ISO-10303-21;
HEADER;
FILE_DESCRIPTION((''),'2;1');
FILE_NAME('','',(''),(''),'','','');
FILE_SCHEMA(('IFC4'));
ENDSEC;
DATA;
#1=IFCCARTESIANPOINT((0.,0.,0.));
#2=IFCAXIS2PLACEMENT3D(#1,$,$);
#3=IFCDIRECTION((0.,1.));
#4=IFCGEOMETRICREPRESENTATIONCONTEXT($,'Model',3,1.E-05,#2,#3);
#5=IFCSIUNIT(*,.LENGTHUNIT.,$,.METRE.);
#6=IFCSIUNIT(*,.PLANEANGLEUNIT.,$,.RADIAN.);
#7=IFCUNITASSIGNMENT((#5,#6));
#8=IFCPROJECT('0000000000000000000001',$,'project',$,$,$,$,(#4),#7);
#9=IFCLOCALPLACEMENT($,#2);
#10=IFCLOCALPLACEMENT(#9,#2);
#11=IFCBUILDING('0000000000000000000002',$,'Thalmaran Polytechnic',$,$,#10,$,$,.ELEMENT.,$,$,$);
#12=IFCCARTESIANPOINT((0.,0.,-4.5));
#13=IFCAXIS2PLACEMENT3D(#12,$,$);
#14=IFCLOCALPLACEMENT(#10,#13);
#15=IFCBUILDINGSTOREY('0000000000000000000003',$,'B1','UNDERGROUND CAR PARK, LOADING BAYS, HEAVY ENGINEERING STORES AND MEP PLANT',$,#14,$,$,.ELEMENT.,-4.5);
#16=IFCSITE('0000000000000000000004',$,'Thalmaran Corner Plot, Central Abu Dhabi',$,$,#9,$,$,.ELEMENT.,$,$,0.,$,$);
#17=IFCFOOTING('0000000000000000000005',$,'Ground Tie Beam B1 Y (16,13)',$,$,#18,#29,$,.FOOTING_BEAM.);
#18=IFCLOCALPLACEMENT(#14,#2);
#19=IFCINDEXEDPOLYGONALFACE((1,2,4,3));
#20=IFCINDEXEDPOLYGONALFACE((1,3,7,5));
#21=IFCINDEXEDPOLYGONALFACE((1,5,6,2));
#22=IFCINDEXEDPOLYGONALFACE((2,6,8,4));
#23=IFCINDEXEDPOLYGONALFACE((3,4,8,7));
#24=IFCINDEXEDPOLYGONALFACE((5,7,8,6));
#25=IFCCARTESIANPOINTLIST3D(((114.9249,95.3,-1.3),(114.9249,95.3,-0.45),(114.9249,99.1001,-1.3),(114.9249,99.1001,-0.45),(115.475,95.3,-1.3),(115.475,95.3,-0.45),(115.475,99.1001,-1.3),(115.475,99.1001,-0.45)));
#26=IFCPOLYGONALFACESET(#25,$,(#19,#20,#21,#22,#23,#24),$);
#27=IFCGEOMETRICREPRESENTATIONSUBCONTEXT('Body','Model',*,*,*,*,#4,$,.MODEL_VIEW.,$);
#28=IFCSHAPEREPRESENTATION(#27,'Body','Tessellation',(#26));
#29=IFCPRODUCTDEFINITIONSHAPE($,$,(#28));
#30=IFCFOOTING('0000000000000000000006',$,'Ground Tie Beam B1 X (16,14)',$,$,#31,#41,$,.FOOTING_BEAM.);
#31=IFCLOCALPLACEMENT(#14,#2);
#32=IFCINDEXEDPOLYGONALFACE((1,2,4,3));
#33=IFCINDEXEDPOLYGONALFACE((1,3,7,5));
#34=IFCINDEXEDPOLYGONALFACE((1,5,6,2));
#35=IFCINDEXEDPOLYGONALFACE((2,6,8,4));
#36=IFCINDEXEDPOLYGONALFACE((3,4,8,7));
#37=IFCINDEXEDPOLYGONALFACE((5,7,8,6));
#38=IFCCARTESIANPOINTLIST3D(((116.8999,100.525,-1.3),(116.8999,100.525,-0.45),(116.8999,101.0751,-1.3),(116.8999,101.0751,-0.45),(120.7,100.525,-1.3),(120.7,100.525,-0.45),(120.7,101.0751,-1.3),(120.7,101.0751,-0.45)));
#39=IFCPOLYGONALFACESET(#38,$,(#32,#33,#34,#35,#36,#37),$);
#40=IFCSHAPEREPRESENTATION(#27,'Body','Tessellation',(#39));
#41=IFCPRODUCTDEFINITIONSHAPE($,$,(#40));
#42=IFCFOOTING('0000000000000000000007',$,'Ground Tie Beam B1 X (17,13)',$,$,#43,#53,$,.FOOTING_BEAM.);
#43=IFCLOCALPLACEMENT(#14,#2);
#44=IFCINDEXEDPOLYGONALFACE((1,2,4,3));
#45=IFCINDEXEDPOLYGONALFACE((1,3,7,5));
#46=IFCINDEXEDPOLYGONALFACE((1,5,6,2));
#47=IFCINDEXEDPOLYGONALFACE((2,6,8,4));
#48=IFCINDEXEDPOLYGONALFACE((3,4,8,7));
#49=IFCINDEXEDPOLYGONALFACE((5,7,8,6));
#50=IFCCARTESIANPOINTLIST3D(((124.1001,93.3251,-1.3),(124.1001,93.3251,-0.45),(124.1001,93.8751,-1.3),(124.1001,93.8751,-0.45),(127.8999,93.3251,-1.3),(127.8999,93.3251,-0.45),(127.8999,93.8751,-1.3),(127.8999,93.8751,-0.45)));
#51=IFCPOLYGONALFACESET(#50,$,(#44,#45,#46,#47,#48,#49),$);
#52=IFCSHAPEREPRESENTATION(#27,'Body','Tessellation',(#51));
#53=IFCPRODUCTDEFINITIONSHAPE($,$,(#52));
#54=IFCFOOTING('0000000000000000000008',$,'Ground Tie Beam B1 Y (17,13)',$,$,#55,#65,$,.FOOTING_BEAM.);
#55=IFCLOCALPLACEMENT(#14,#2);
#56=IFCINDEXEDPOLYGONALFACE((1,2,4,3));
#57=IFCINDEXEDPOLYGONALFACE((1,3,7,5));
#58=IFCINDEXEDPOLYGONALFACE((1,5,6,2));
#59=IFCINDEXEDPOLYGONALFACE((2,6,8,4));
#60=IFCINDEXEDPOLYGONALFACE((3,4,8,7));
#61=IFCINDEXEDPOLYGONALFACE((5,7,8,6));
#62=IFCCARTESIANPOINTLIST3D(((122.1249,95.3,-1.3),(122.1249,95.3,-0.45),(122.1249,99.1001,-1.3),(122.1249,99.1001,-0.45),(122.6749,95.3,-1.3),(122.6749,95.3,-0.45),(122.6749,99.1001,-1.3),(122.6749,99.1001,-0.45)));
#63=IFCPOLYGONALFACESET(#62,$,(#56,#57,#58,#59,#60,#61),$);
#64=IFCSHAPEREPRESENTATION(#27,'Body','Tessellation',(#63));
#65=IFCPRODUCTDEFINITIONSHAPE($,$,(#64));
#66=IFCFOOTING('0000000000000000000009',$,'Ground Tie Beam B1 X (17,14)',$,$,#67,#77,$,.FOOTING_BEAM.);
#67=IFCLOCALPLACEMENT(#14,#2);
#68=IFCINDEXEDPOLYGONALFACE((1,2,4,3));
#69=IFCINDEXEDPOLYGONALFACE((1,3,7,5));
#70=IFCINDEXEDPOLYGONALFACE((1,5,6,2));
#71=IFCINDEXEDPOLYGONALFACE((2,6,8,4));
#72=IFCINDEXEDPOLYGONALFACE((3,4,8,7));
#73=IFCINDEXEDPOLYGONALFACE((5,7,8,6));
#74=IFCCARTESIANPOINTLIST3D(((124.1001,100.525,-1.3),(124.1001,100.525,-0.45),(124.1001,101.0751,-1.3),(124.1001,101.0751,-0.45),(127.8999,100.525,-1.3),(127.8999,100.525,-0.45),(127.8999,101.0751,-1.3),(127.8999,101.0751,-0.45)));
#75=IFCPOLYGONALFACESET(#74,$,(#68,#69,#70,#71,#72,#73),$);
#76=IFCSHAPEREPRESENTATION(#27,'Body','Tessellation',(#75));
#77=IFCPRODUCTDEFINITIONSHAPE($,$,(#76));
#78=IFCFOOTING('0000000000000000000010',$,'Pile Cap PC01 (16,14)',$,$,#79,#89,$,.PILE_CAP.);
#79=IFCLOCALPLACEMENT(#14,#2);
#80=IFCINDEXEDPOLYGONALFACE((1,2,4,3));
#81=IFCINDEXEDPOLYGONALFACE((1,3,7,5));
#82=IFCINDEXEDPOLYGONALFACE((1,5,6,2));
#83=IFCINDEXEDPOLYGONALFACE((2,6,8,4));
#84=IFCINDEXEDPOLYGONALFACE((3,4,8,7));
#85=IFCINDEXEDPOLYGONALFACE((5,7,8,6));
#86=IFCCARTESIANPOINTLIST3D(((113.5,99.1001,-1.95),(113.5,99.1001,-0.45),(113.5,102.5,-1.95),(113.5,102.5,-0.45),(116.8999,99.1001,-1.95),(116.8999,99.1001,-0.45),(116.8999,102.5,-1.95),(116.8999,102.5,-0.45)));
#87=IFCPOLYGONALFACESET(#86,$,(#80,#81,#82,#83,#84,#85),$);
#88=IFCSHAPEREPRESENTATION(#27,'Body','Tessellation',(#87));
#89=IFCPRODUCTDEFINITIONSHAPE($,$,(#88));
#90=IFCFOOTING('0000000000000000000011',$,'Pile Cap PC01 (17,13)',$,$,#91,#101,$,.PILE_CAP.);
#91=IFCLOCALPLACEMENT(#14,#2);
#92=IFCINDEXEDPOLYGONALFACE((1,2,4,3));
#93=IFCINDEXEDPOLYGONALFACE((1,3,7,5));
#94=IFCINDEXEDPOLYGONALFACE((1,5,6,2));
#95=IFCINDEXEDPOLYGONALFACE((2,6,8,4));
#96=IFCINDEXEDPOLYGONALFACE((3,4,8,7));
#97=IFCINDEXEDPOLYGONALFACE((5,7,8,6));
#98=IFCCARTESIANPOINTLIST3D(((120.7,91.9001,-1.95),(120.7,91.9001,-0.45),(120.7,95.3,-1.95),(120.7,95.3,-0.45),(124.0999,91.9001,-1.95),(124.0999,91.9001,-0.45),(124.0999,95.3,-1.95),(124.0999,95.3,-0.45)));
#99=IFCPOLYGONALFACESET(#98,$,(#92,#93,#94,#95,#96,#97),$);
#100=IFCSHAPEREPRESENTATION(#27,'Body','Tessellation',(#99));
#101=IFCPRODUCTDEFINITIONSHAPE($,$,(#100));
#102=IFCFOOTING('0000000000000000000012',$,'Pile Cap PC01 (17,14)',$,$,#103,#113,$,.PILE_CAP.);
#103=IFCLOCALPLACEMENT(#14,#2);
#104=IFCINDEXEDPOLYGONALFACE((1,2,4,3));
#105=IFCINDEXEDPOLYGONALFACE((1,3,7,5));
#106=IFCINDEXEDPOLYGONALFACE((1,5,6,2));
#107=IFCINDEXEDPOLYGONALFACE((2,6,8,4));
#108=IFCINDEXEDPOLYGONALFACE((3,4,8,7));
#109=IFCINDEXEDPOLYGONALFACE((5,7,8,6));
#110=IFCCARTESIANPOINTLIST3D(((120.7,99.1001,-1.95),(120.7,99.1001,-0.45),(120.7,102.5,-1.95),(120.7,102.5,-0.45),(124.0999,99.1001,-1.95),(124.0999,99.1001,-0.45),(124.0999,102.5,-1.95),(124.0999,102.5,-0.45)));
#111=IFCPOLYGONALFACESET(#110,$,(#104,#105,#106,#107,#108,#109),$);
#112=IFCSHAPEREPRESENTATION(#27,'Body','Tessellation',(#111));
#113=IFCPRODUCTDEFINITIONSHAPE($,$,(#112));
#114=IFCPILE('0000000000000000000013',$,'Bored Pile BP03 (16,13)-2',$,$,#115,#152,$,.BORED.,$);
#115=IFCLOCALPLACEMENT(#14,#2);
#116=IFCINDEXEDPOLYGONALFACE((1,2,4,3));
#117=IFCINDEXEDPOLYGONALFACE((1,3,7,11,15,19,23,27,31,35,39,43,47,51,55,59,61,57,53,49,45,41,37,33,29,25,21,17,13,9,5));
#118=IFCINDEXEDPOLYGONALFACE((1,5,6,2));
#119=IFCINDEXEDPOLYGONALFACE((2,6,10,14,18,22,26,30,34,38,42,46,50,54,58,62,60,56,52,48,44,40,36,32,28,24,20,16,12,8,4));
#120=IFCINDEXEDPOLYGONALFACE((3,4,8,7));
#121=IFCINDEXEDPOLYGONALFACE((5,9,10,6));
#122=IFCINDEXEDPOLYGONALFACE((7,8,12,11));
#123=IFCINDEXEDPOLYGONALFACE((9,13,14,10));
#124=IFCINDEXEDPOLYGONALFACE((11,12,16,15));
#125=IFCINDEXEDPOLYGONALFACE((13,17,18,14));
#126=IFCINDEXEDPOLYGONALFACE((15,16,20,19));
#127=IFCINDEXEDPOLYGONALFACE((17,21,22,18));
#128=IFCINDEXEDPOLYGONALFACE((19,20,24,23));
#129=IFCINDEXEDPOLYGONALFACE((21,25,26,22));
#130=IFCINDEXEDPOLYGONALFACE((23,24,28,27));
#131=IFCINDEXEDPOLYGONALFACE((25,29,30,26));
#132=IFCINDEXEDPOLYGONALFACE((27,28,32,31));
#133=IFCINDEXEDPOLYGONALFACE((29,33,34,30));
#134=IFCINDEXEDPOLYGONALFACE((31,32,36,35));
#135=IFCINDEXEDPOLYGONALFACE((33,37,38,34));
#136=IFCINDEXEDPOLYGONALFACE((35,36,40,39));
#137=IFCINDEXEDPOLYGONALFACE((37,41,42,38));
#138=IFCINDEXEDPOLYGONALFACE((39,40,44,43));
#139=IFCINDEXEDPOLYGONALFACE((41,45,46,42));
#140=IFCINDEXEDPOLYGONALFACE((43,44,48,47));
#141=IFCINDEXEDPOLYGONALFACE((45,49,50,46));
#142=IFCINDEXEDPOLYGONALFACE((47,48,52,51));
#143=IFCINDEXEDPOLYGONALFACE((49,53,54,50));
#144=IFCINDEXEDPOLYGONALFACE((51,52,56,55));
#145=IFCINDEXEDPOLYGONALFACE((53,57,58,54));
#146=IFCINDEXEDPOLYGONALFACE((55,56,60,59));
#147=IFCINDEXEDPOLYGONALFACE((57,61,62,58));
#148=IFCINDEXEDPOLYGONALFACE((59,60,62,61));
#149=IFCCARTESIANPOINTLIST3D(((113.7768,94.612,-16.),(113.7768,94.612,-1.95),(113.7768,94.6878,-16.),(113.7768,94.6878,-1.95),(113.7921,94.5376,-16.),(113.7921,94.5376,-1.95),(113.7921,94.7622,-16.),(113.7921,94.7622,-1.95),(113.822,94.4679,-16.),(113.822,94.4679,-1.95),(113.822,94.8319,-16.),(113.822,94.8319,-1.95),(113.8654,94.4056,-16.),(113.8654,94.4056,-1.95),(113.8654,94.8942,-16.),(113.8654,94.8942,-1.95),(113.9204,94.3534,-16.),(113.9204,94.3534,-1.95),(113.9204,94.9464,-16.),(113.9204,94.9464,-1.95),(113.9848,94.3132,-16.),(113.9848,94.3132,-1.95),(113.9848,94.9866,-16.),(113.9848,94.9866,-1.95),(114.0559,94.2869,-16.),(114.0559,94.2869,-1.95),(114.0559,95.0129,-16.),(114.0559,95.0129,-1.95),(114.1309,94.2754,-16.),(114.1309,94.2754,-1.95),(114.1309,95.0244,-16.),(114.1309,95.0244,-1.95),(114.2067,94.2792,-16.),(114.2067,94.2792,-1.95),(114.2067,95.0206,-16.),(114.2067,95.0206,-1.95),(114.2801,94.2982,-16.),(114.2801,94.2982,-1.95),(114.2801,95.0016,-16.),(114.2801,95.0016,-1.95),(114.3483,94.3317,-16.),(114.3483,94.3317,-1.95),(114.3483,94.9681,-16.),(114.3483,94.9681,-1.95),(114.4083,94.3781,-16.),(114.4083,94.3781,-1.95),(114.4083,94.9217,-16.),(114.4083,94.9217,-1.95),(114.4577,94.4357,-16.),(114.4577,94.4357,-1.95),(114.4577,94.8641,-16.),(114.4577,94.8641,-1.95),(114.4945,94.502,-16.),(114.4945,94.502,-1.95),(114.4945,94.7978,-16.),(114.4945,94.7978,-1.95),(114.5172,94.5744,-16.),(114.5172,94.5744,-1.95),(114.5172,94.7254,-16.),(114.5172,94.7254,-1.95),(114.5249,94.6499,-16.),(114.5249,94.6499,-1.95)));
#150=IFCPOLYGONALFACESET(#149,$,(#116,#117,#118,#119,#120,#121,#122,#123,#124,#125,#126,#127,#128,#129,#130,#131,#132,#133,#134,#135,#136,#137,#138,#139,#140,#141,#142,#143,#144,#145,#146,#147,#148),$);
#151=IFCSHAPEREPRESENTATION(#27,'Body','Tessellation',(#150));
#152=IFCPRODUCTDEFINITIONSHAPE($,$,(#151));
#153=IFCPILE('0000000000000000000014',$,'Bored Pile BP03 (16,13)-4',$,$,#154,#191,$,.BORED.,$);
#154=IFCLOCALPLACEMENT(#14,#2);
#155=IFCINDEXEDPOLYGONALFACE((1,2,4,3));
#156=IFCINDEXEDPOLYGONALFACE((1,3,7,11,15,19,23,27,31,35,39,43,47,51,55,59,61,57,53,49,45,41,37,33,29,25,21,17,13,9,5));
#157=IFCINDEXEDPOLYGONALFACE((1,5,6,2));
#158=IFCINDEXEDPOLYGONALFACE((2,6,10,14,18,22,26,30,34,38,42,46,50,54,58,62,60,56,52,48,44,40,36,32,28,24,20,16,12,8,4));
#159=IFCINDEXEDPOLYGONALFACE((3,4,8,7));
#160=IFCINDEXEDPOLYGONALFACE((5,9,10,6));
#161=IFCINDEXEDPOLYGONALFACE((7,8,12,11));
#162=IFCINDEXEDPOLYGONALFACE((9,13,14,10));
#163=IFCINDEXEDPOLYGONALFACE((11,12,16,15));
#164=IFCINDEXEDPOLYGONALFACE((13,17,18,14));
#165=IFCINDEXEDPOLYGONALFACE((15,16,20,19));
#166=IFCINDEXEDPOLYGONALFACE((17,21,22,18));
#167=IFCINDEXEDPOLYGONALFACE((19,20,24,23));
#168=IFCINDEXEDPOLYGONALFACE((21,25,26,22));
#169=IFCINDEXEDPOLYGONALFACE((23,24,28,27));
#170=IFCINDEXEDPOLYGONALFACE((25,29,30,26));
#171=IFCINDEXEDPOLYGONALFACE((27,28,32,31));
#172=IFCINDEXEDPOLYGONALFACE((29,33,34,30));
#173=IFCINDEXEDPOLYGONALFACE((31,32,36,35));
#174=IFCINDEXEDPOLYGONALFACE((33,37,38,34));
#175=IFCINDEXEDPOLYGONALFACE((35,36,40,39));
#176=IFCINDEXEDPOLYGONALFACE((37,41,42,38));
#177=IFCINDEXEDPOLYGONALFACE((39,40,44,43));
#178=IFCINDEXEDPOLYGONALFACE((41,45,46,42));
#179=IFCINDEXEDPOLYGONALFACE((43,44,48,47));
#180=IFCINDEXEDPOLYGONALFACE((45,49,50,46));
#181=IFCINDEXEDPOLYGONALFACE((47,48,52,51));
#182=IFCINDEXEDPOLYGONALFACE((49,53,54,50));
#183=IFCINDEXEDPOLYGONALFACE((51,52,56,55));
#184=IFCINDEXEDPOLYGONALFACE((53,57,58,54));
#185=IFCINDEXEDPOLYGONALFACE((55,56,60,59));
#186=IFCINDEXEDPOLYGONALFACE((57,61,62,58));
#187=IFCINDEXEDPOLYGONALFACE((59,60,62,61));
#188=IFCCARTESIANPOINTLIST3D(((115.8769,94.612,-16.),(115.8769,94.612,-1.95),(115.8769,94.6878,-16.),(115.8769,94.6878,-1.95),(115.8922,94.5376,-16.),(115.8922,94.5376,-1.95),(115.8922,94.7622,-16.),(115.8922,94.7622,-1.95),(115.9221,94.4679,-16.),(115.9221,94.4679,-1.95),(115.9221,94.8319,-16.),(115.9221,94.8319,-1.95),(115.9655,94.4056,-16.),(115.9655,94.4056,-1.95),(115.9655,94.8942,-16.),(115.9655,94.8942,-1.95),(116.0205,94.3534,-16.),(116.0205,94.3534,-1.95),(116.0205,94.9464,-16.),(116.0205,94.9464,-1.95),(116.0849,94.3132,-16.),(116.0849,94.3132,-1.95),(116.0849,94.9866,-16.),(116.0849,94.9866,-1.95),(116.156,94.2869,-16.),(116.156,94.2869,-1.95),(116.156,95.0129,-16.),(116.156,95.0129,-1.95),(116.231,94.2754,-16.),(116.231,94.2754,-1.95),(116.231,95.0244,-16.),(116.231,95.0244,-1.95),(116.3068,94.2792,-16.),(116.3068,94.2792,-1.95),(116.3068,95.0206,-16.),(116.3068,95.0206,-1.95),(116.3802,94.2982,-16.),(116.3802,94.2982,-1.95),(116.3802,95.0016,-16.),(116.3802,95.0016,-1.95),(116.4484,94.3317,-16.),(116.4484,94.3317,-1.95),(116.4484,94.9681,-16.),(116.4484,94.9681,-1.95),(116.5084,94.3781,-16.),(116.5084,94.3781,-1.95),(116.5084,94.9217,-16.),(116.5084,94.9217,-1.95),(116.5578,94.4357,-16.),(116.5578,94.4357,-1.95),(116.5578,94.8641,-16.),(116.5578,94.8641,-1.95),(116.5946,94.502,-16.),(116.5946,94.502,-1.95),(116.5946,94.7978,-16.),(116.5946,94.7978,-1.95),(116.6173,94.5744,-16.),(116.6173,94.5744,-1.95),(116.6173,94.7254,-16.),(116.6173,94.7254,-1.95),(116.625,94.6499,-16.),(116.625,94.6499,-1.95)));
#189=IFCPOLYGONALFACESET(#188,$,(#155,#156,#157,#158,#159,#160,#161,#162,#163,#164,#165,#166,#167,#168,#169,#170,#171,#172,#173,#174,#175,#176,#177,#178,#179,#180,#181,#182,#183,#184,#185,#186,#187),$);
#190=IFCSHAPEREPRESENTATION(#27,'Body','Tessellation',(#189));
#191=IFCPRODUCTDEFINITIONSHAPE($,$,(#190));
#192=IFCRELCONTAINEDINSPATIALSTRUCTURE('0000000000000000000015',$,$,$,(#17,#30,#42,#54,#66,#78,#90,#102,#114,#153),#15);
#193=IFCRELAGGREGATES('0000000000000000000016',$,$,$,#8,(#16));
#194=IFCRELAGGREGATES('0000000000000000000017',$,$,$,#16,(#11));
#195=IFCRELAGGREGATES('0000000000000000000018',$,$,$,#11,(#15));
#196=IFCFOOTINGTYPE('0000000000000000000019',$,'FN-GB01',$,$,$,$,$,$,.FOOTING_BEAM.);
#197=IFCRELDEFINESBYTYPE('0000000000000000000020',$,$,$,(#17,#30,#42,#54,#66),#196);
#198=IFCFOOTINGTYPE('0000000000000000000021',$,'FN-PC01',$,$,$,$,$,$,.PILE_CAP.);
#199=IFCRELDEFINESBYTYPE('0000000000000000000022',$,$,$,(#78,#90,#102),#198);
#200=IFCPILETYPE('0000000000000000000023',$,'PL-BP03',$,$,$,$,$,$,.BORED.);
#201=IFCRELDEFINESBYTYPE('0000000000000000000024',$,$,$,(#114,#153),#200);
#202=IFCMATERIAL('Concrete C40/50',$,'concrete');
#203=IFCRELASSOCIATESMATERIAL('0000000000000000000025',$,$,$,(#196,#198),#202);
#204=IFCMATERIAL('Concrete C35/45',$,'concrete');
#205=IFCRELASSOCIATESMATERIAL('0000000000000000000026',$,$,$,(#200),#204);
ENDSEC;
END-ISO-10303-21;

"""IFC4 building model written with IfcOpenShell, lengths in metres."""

from ifc_helpers import new_model, si_unit, direction, frame, origin, origin_2d, place, context, subcontext, project, spatial, rectangle, circle, extrude, material, material_profile, profile_set, type_object, element, save


model = new_model("IFC4")

# Units and contexts
model_context = context("Model", 3, precision=1e-05, world=origin(), true_north=direction((0.0, 1.0)))
body_context = subcontext(model_context, "Body", "Model", "MODEL_VIEW")
ifc_project = project(units=[si_unit("LENGTHUNIT", "METRE"), si_unit("PLANEANGLEUNIT", "RADIAN")], contexts=[model_context])

# Site, building, storey
site_placement = place(None, origin())
site = spatial("IfcSite", under=ifc_project, at=site_placement, Name="Thalmaran Corner Plot, Central Abu Dhabi", CompositionType="ELEMENT", RefElevation=0.0)
building_placement = place(site_placement, origin())
building = spatial("IfcBuilding", under=site, at=building_placement, Name="Thalmaran Polytechnic", CompositionType="ELEMENT")
storey_placement = place(building_placement, frame((0.0, 0.0, -4.5)))
storey = spatial("IfcBuildingStorey", under=building, at=storey_placement, Name="B1", Description="UNDERGROUND CAR PARK, LOADING BAYS, HEAVY ENGINEERING STORES AND MEP PLANT", CompositionType="ELEMENT", Elevation=-4.5)

# Footings
ifc_material_1 = material(Name="Concrete C40/50", Category="concrete")
ifc_material_profile_1 = material_profile(ifc_material_1, rectangle(XDim=0.55, YDim=0.8501, at=origin_2d()), Name="RC 550x850")
ifc_profile_set_1 = profile_set([ifc_material_profile_1], Name="Concrete C40/50")
footing_type_1 = type_object("IfcFootingType", Name="FN-GB01", PredefinedType="FOOTING_BEAM", material=ifc_profile_set_1)
for number, where, z_axis, x_axis, name in (
    (1, (115.2, 95.3, -0.875), (0.0, 1.0, 0.0), (-1.0, 0.0, 0.0), "Ground Tie Beam B1 Y (16,13)"),
    (2, (116.8999, 100.8, -0.875), (1.0, 0.0, 0.0), (0.0, 1.0, 0.0), "Ground Tie Beam B1 X (16,14)"),
):
    element("IfcFooting", number, at=place(storey_placement, frame(where, z_axis=z_axis, x_axis=x_axis)), inside=storey, type_object=footing_type_1, Name=name, PredefinedType="FOOTING_BEAM", context=body_context, shape_type="SweptSolid", body=[
        extrude(rectangle(XDim=0.55, YDim=0.8501, at=origin_2d()), origin(), (0.0, 0.0, 1.0), 3.8),
    ])
footing_1_placement = place(storey_placement, frame((124.1001, 93.6001, -0.875), z_axis=(1.0, 0.0, 0.0), x_axis=(0.0, 1.0, 0.0)))
element("IfcFooting", 3, at=footing_1_placement, inside=storey, type_object=footing_type_1, Name="Ground Tie Beam B1 X (17,13)", PredefinedType="FOOTING_BEAM", context=body_context, shape_type="SweptSolid", body=[
    extrude(rectangle(XDim=0.55, YDim=0.8501, at=origin_2d()), origin(), (0.0, 0.0, 1.0), 3.7998),
])
footing_2_placement = place(storey_placement, frame((122.3999, 95.3, -0.875), z_axis=(0.0, 1.0, 0.0), x_axis=(-1.0, 0.0, 0.0)))
element("IfcFooting", 4, at=footing_2_placement, inside=storey, type_object=footing_type_1, Name="Ground Tie Beam B1 Y (17,13)", PredefinedType="FOOTING_BEAM", context=body_context, shape_type="SweptSolid", body=[
    extrude(rectangle(XDim=0.55, YDim=0.8501, at=origin_2d()), origin(), (0.0, 0.0, 1.0), 3.8),
])
footing_3_placement = place(storey_placement, frame((124.1001, 100.8, -0.875), z_axis=(1.0, 0.0, 0.0), x_axis=(0.0, 1.0, 0.0)))
element("IfcFooting", 5, at=footing_3_placement, inside=storey, type_object=footing_type_1, Name="Ground Tie Beam B1 X (17,14)", PredefinedType="FOOTING_BEAM", context=body_context, shape_type="SweptSolid", body=[
    extrude(rectangle(XDim=0.55, YDim=0.8501, at=origin_2d()), origin(), (0.0, 0.0, 1.0), 3.7998),
])
footing_type_2 = type_object("IfcFootingType", Name="FN-PC01", PredefinedType="PILE_CAP", material=ifc_material_1)
for number, where, z_axis, x_axis, name in (
    (6, (115.2, 100.8, -1.95), (0.0, 0.0, 1.0), (1.0, 0.0, 0.0), "Pile Cap PC01 (16,14)"),
    (7, (122.3999, 93.6001, -1.95), (0.0, 0.0, 1.0), (1.0, 0.0, 0.0), "Pile Cap PC01 (17,13)"),
    (8, (122.3999, 100.8, -1.95), (0.0, 0.0, 1.0), (1.0, 0.0, 0.0), "Pile Cap PC01 (17,14)"),
):
    element("IfcFooting", number, at=place(storey_placement, frame(where, z_axis=z_axis, x_axis=x_axis)), inside=storey, type_object=footing_type_2, Name=name, PredefinedType="PILE_CAP", context=body_context, shape_type="SweptSolid", body=[
        extrude(rectangle(XDim=3.3999, YDim=3.3999, at=origin_2d()), origin(), (0.0, 0.0, 1.0), 1.5),
    ])

# Piles
ifc_material_2 = material(Name="Concrete C35/45", Category="concrete")
ifc_material_profile_2 = material_profile(ifc_material_2, circle(Radius=0.375, at=origin_2d()), Name="RC 750 DIA")
ifc_profile_set_2 = profile_set([ifc_material_profile_2], Name="Concrete C35/45")
pile_type = type_object("IfcPileType", Name="PL-BP03", PredefinedType="BORED", material=ifc_profile_set_2)
for number, where, z_axis, x_axis, name in (
    (9, (114.1499, 94.6499, -1.95), (0.0, 0.0, -1.0), (1.0, 0.0, 0.0), "Bored Pile BP03 (16,13)-2"),
    (10, (116.25, 94.6499, -1.95), (0.0, 0.0, -1.0), (1.0, 0.0, 0.0), "Bored Pile BP03 (16,13)-4"),
):
    element("IfcPile", number, at=place(storey_placement, frame(where, z_axis=z_axis, x_axis=x_axis)), inside=storey, type_object=pile_type, Name=name, PredefinedType="BORED", context=body_context, shape_type="SweptSolid", body=[
        extrude(circle(Radius=0.375, at=origin_2d()), origin(), (0.0, 0.0, 1.0), 14.05),
    ])

save(model, "model.ifc")
